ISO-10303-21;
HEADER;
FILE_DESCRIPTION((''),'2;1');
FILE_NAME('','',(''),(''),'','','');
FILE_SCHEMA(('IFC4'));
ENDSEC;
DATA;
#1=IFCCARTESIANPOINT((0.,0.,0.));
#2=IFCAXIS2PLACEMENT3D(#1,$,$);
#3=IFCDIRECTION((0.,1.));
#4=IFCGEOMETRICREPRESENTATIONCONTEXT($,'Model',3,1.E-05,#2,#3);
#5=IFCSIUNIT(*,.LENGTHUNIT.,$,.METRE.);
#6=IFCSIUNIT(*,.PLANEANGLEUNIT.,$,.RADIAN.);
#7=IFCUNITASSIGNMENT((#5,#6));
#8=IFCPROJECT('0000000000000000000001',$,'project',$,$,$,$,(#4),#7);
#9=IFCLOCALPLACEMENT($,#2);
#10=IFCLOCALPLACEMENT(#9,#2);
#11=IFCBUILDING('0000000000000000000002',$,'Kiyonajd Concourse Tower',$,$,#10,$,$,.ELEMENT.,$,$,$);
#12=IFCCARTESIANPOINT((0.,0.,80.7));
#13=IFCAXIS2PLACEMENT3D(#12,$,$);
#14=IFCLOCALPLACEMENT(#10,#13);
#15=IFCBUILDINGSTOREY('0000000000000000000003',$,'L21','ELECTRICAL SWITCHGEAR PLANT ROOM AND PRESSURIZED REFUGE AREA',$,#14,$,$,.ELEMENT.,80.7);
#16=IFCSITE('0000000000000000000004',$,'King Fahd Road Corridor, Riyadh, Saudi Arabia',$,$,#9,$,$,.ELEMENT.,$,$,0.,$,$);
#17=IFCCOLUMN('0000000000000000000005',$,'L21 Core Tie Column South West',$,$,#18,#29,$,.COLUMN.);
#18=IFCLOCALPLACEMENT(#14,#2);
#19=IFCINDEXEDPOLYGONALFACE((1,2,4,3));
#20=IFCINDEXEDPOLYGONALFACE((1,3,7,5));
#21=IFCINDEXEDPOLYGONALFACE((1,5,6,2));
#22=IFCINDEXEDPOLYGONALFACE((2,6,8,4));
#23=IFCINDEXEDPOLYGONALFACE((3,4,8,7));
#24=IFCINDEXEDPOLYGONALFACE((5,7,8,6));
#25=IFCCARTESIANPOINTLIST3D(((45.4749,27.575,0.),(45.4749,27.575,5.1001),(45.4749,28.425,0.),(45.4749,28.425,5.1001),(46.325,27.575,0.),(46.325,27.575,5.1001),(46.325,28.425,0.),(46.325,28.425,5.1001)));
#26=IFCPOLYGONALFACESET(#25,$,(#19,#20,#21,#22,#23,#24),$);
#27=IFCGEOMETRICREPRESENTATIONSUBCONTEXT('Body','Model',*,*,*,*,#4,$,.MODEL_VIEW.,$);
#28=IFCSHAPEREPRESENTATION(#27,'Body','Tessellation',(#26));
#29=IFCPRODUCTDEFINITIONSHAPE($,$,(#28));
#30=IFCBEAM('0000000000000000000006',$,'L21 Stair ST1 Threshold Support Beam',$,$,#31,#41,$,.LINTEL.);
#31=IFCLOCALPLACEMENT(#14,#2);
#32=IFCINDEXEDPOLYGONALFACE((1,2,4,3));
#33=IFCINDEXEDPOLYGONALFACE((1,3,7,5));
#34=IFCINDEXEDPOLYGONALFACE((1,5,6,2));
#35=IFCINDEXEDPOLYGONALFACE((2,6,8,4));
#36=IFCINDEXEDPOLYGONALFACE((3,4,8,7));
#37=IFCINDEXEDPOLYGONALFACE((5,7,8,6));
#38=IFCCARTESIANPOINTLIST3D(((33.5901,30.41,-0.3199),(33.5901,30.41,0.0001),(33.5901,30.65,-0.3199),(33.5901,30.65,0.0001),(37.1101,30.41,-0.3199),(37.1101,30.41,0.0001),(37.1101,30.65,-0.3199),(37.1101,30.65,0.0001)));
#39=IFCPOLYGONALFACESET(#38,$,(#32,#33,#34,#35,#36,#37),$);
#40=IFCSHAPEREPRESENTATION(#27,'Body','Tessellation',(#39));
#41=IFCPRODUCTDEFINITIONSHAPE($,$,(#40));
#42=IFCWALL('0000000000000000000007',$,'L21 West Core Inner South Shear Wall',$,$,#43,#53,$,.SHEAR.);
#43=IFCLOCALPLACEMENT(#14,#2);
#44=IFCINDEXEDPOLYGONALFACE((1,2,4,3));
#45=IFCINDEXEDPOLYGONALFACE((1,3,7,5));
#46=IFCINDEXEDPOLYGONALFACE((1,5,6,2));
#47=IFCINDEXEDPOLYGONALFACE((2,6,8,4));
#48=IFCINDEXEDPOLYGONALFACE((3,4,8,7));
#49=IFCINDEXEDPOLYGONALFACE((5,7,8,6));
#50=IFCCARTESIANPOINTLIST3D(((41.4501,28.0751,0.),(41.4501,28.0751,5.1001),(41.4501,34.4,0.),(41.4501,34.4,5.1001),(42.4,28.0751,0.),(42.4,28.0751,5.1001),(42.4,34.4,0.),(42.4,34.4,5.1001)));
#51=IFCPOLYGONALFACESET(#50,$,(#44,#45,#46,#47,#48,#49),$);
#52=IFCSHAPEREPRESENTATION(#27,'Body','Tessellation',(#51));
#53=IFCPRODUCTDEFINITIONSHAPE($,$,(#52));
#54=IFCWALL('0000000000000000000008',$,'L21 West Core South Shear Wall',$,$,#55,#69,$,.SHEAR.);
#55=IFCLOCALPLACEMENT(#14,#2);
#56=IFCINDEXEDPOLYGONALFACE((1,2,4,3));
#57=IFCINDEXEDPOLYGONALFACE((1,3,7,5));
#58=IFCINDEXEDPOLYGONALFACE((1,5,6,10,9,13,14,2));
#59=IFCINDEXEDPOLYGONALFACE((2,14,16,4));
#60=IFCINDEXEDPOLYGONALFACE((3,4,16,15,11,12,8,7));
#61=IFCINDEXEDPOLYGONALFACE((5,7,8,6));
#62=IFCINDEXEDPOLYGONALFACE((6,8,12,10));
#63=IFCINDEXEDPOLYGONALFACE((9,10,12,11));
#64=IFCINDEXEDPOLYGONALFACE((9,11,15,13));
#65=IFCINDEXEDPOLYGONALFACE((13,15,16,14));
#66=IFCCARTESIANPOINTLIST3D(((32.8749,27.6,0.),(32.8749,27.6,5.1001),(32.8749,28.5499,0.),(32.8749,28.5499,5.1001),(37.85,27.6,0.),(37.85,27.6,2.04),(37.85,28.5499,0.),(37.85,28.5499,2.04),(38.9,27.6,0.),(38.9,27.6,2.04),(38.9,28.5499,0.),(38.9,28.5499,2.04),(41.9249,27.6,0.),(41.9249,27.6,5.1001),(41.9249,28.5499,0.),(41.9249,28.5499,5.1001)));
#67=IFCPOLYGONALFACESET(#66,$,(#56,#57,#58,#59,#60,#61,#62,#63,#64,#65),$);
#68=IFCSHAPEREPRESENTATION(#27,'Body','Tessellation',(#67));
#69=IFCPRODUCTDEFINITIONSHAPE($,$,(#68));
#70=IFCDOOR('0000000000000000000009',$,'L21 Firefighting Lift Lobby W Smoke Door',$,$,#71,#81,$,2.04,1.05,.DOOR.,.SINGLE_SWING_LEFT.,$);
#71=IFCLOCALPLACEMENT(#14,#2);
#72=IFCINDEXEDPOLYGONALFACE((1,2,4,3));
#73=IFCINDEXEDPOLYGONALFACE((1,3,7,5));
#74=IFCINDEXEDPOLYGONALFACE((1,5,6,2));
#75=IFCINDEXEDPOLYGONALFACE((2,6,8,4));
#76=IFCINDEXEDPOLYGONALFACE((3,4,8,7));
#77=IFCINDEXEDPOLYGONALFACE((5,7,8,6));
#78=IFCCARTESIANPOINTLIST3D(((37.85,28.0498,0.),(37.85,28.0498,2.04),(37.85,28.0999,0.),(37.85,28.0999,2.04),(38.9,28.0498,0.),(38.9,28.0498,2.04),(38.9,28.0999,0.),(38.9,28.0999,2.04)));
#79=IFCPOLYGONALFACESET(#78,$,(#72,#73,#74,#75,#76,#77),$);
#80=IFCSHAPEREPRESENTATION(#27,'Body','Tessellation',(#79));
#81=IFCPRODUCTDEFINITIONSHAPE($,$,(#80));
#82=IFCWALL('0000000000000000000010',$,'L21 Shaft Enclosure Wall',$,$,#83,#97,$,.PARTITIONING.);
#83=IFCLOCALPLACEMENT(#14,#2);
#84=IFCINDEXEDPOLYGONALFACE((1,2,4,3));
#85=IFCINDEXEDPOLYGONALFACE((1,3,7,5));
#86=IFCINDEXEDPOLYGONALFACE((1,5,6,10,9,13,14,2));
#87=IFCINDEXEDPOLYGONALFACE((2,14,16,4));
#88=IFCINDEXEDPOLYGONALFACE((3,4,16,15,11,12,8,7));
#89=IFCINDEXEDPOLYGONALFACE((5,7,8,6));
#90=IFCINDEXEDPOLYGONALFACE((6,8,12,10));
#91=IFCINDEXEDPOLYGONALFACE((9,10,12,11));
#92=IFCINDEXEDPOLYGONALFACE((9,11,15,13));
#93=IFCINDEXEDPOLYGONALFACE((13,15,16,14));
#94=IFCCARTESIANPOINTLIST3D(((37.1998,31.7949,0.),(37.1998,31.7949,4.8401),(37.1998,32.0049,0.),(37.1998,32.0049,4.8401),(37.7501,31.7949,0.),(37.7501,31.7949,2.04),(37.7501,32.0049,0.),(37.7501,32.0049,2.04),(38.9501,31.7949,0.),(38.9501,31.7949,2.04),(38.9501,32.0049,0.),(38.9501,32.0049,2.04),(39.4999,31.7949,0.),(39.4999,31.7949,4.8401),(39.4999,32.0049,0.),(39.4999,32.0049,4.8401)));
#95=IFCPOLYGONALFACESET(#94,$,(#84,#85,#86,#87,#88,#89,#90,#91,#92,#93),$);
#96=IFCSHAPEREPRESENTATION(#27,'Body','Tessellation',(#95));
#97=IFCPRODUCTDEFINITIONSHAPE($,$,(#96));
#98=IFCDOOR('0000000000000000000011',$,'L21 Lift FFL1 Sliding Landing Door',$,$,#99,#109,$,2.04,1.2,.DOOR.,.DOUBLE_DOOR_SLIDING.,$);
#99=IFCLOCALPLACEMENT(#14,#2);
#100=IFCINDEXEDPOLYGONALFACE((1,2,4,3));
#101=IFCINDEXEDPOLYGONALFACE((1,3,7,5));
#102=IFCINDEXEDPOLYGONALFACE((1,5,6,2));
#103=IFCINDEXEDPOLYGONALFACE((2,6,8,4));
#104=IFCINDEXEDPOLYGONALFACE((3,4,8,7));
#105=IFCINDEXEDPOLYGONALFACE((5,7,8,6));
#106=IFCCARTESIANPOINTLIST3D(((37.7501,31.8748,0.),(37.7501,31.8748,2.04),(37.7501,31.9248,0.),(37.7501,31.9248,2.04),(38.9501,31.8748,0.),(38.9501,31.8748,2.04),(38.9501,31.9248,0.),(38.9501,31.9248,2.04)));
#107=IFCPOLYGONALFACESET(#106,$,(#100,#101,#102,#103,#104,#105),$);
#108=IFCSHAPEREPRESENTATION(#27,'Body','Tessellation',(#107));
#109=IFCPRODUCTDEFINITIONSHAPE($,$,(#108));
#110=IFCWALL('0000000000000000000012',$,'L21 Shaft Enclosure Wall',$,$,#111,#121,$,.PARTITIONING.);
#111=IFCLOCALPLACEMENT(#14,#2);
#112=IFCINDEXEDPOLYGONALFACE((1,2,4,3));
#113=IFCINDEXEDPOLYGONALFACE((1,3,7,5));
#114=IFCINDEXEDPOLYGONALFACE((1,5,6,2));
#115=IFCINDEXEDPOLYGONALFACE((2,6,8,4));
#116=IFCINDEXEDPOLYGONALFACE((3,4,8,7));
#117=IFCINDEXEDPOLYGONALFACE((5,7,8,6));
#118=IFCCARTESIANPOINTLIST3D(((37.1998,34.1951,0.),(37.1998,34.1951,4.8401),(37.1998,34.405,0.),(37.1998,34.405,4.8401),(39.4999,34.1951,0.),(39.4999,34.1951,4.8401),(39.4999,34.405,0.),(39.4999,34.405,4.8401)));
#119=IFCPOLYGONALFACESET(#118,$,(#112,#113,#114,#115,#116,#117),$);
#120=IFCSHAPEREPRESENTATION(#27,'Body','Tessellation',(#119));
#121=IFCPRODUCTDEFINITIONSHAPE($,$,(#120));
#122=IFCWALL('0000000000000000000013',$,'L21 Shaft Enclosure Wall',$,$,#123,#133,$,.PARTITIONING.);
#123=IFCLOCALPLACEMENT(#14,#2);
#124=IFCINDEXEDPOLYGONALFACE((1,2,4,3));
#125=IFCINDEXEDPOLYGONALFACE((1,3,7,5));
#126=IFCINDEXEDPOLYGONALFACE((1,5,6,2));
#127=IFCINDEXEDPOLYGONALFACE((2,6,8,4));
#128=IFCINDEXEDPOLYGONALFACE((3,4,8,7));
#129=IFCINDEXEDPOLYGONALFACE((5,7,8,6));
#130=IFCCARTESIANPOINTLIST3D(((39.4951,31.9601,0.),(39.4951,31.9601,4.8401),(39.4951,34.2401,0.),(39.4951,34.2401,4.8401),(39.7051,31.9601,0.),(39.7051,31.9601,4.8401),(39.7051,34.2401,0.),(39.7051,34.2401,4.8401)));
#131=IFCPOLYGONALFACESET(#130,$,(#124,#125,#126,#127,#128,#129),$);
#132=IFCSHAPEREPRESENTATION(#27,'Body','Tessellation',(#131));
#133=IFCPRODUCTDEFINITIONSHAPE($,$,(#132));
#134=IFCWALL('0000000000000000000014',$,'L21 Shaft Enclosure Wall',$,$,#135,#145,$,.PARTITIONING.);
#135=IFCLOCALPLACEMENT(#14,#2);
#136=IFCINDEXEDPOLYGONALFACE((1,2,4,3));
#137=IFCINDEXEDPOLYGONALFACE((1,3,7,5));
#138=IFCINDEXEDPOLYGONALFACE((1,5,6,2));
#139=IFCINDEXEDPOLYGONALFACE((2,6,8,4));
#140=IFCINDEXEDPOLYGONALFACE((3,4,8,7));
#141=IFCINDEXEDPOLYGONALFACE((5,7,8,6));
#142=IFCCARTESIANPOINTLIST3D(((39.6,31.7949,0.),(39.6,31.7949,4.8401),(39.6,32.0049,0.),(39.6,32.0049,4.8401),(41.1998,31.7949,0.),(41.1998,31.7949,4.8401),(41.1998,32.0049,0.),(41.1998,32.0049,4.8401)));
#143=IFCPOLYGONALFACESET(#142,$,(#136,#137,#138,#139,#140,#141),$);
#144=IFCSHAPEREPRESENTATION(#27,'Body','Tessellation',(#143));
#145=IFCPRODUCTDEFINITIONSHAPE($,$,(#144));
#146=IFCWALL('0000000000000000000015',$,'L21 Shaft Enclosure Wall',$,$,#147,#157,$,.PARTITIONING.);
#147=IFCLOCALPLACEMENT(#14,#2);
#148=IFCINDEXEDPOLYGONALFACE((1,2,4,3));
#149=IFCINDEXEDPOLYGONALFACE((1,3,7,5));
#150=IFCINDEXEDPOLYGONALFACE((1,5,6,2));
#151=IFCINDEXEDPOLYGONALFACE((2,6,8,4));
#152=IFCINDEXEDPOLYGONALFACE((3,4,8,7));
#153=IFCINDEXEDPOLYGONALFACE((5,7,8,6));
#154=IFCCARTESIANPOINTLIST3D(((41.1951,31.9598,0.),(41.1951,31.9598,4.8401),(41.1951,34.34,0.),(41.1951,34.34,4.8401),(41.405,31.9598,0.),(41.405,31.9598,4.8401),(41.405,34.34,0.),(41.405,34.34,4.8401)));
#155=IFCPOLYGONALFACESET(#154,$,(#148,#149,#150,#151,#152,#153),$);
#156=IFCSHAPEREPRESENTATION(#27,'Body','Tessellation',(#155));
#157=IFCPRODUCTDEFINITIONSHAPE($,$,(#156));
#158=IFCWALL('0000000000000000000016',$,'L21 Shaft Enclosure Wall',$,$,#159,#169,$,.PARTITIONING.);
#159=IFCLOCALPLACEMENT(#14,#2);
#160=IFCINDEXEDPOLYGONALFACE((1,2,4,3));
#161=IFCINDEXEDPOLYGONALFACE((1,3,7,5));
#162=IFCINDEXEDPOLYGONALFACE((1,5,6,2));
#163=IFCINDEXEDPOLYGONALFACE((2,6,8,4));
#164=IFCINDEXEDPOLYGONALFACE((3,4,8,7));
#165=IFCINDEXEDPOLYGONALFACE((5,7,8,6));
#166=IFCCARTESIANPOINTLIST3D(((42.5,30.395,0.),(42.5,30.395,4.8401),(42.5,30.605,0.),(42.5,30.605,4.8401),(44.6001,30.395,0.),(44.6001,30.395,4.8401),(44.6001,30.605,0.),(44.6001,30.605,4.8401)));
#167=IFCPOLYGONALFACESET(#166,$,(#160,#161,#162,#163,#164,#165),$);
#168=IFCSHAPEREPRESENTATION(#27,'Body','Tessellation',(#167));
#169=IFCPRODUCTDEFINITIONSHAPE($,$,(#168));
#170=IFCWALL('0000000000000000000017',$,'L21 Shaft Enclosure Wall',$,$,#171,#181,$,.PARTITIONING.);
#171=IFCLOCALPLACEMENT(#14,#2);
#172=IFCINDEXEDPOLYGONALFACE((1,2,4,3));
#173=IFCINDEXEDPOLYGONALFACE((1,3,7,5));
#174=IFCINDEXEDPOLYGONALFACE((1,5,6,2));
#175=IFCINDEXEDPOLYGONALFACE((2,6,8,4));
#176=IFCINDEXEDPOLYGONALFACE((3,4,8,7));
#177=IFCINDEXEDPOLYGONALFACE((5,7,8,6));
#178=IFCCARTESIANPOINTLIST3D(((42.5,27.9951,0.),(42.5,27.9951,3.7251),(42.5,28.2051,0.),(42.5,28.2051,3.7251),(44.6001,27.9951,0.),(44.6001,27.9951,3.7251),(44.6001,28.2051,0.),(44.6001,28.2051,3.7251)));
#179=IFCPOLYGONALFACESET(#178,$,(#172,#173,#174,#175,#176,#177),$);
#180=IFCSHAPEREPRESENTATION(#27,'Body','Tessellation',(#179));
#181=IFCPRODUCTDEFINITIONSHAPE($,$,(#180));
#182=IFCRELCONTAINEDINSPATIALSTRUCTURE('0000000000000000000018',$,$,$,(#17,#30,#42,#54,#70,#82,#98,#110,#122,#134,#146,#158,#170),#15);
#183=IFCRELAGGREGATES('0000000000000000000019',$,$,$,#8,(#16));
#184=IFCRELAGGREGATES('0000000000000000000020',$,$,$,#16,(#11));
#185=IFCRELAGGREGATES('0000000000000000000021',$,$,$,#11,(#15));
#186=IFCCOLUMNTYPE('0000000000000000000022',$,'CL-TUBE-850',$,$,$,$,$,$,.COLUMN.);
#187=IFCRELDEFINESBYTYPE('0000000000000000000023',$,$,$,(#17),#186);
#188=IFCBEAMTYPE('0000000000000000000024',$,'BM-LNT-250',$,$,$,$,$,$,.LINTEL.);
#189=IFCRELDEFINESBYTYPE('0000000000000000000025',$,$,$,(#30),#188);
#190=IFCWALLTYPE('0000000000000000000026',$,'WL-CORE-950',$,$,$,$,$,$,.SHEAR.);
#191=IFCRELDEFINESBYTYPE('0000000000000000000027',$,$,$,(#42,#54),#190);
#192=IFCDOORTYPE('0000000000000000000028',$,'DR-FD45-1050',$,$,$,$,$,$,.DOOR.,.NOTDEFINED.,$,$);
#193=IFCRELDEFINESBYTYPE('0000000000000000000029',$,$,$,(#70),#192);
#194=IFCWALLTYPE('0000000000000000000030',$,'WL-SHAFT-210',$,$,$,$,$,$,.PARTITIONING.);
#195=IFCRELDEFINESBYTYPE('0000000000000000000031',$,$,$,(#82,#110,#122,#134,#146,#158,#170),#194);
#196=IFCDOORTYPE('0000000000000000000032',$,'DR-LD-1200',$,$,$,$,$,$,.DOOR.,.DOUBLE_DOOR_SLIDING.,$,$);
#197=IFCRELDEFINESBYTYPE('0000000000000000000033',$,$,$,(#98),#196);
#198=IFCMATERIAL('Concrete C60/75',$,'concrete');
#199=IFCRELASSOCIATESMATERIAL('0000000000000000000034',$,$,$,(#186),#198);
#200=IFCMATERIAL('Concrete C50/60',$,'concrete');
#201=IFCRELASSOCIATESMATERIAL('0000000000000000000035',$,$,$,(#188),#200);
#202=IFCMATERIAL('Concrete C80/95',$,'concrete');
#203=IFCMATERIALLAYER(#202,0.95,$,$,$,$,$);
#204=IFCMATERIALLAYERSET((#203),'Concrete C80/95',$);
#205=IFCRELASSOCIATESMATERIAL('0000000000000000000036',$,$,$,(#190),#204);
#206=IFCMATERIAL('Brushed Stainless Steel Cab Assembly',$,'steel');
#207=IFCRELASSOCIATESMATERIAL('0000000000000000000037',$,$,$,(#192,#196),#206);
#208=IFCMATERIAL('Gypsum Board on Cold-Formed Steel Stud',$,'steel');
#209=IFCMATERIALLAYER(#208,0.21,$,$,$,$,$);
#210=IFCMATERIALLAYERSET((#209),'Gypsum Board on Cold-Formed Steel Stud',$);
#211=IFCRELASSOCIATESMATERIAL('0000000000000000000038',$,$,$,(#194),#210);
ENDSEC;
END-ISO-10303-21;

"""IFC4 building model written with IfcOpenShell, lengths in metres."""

from ifc_helpers import new_model, si_unit, direction, frame, frame_2d, origin, origin_2d, place, context, subcontext, project, spatial, rectangle, extrude, material, layer, layer_set, material_profile, profile_set, type_object, element, fill, save


model = new_model("IFC4")

# Units and contexts
model_context = context("Model", 3, precision=1e-05, world=origin(), true_north=direction((0.0, 1.0)))
body_context = subcontext(model_context, "Body", "Model", "MODEL_VIEW")
ifc_project = project(units=[si_unit("LENGTHUNIT", "METRE"), si_unit("PLANEANGLEUNIT", "RADIAN")], contexts=[model_context])

# Site, building, storey
site_placement = place(None, origin())
site = spatial("IfcSite", under=ifc_project, at=site_placement, Name="King Fahd Road Corridor, Riyadh, Saudi Arabia", CompositionType="ELEMENT", RefElevation=0.0)
building_placement = place(site_placement, origin())
building = spatial("IfcBuilding", under=site, at=building_placement, Name="Kiyonajd Concourse Tower", CompositionType="ELEMENT")
storey_placement = place(building_placement, frame((0.0, 0.0, 80.7)))
storey = spatial("IfcBuildingStorey", under=building, at=storey_placement, Name="L21", Description="ELECTRICAL SWITCHGEAR PLANT ROOM AND PRESSURIZED REFUGE AREA", CompositionType="ELEMENT", Elevation=80.7)

# Column
ifc_material_1 = material(Name="Concrete C60/75", Category="concrete")
ifc_material_profile_1 = material_profile(ifc_material_1, rectangle(XDim=0.8501, YDim=0.8501, at=origin_2d()), Name="RC-850x850")
ifc_profile_set_1 = profile_set([ifc_material_profile_1], Name="Concrete C60/75")
column_type = type_object("IfcColumnType", Name="CL-TUBE-850", PredefinedType="COLUMN", material=ifc_profile_set_1)
column_placement = place(storey_placement, frame((45.8999, 28.0, 0.0), z_axis=(0.0, 0.0, 1.0), x_axis=(1.0, 0.0, 0.0)))
element("IfcColumn", 1, at=column_placement, inside=storey, type_object=column_type, Name="L21 Core Tie Column South West", PredefinedType="COLUMN", context=body_context, shape_type="SweptSolid", body=[
    extrude(rectangle(XDim=0.8501, YDim=0.8501, at=origin_2d()), origin(), (0.0, 0.0, 1.0), 5.1001),
])

# Beam
ifc_material_2 = material(Name="Concrete C50/60", Category="concrete")
ifc_material_profile_2 = material_profile(ifc_material_2, rectangle(XDim=0.24, YDim=0.3201, at=origin_2d()), Name="RCBM-240x320")
ifc_profile_set_2 = profile_set([ifc_material_profile_2], Name="Concrete C50/60")
beam_type = type_object("IfcBeamType", Name="BM-LNT-250", PredefinedType="LINTEL", material=ifc_profile_set_2)
beam_placement = place(storey_placement, frame((33.5901, 30.53, -0.1599), z_axis=(1.0, 0.0, 0.0), x_axis=(0.0, 1.0, 0.0)))
element("IfcBeam", 2, at=beam_placement, inside=storey, type_object=beam_type, Name="L21 Stair ST1 Threshold Support Beam", PredefinedType="LINTEL", context=body_context, shape_type="SweptSolid", body=[
    extrude(rectangle(XDim=0.24, YDim=0.3201, at=origin_2d()), origin(), (0.0, 0.0, 1.0), 3.52),
])

# Wall
ifc_material_3 = material(Name="Concrete C80/95", Category="concrete")
ifc_layer_1 = layer(ifc_material_3, 0.95)
ifc_layer_set_1 = layer_set([ifc_layer_1], Name="Concrete C80/95")
wall_type_1 = type_object("IfcWallType", Name="WL-CORE-950", PredefinedType="SHEAR", material=ifc_layer_set_1)
wall_1_placement = place(storey_placement, frame((41.925, 28.075, 0.0), z_axis=(0.0, 0.0, 1.0), x_axis=(0.0, 1.0, 0.0)))
element("IfcWall", 3, at=wall_1_placement, inside=storey, type_object=wall_type_1, Name="L21 West Core Inner South Shear Wall", PredefinedType="SHEAR", context=body_context, shape_type="SweptSolid", body=[
    extrude(rectangle(XDim=6.325, YDim=0.95, at=frame_2d((3.1626, 0.0))), origin(), (0.0, 0.0, 1.0), 5.1001),
])

# Walls, openings, doors
wall_2_placement = place(storey_placement, frame((32.875, 28.075, 0.0), z_axis=(0.0, 0.0, 1.0), x_axis=(1.0, 0.0, 0.0)))
wall_2 = element("IfcWall", 4, at=wall_2_placement, inside=storey, type_object=wall_type_1, Name="L21 West Core South Shear Wall", PredefinedType="SHEAR", context=body_context, shape_type="SweptSolid", body=[
    extrude(rectangle(XDim=9.05, YDim=0.95, at=frame_2d((4.5249, 0.0))), origin(), (0.0, 0.0, 1.0), 5.1001),
])
opening_1_placement = place(wall_2_placement, frame((4.9751, 0.0, 0.0)))
opening_1 = element("IfcOpeningElement", 5, at=opening_1_placement, cuts=wall_2, PredefinedType="OPENING", context=body_context, shape_type="SweptSolid", body=[
    extrude(rectangle(XDim=1.05, YDim=2.04, at=frame_2d((0.5249, 1.02))), frame((0.0, 0.4849, 0.0), z_axis=(0.0, -1.0, 0.0), x_axis=(1.0, 0.0, 0.0)), (0.0, 0.0, 1.0), 0.97),
])
ifc_material_4 = material(Name="Brushed Stainless Steel Cab Assembly", Category="steel")
door_type_1 = type_object("IfcDoorType", Name="DR-FD45-1050", OperationType="NOTDEFINED", PredefinedType="DOOR", material=ifc_material_4)
door_1_placement = place(opening_1_placement, origin())
door_1 = element("IfcDoor", 6, at=door_1_placement, inside=storey, type_object=door_type_1, Name="L21 Firefighting Lift Lobby W Smoke Door", OperationType="SINGLE_SWING_LEFT", OverallHeight=2.04, OverallWidth=1.05, PredefinedType="DOOR", context=body_context, shape_type="SweptSolid", body=[
    extrude(rectangle(XDim=1.05, YDim=2.04, at=frame_2d((0.5249, 1.02))), frame((0.0, 0.0249, 0.0), z_axis=(0.0, -1.0, 0.0), x_axis=(1.0, 0.0, 0.0)), (0.0, 0.0, 1.0), 0.05),
])
fill(opening_1, door_1)
ifc_material_5 = material(Name="Gypsum Board on Cold-Formed Steel Stud", Category="steel")
ifc_layer_2 = layer(ifc_material_5, 0.21)
ifc_layer_set_2 = layer_set([ifc_layer_2], Name="Gypsum Board on Cold-Formed Steel Stud")
wall_type_2 = type_object("IfcWallType", Name="WL-SHAFT-210", PredefinedType="PARTITIONING", material=ifc_layer_set_2)
wall_3_placement = place(storey_placement, frame((37.2, 31.8999, 0.0), z_axis=(0.0, 0.0, 1.0), x_axis=(1.0, 0.0, 0.0)))
wall_3 = element("IfcWall", 7, at=wall_3_placement, inside=storey, type_object=wall_type_2, Name="L21 Shaft Enclosure Wall", PredefinedType="PARTITIONING", context=body_context, shape_type="SweptSolid", body=[
    extrude(rectangle(XDim=2.3, YDim=0.21, at=frame_2d((1.1499, 0.0))), origin(), (0.0, 0.0, 1.0), 4.8401),
])
opening_2_placement = place(wall_3_placement, frame((0.55, 0.0, 0.0)))
opening_2 = element("IfcOpeningElement", 8, at=opening_2_placement, cuts=wall_3, PredefinedType="OPENING", context=body_context, shape_type="SweptSolid", body=[
    extrude(rectangle(XDim=1.2, YDim=2.04, at=frame_2d((0.6001, 1.02))), frame((0.0, 0.115, 0.0), z_axis=(0.0, -1.0, 0.0), x_axis=(1.0, 0.0, 0.0)), (0.0, 0.0, 1.0), 0.23),
])
door_type_2 = type_object("IfcDoorType", Name="DR-LD-1200", OperationType="DOUBLE_DOOR_SLIDING", PredefinedType="DOOR", material=ifc_material_4)
door_2_placement = place(opening_2_placement, origin())
door_2 = element("IfcDoor", 9, at=door_2_placement, inside=storey, type_object=door_type_2, Name="L21 Lift FFL1 Sliding Landing Door", OperationType="DOUBLE_DOOR_SLIDING", OverallHeight=2.04, OverallWidth=1.2, PredefinedType="DOOR", context=body_context, shape_type="SweptSolid", body=[
    extrude(rectangle(XDim=1.2, YDim=2.04, at=frame_2d((0.6001, 1.02))), frame((0.0, 0.0249, 0.0), z_axis=(0.0, -1.0, 0.0), x_axis=(1.0, 0.0, 0.0)), (0.0, 0.0, 1.0), 0.05),
])
fill(opening_2, door_2)

# Walls
wall_4_placement = place(storey_placement, frame((37.2, 34.3, 0.0), z_axis=(0.0, 0.0, 1.0), x_axis=(1.0, 0.0, 0.0)))
element("IfcWall", 10, at=wall_4_placement, inside=storey, type_object=wall_type_2, Name="L21 Shaft Enclosure Wall", PredefinedType="PARTITIONING", context=body_context, shape_type="SweptSolid", body=[
    extrude(rectangle(XDim=2.3, YDim=0.21, at=frame_2d((1.1499, 0.0))), origin(), (0.0, 0.0, 1.0), 4.8401),
])
wall_5_placement = place(storey_placement, frame((39.6001, 31.96, 0.0), z_axis=(0.0, 0.0, 1.0), x_axis=(0.0, 1.0, 0.0)))
element("IfcWall", 11, at=wall_5_placement, inside=storey, type_object=wall_type_2, Name="L21 Shaft Enclosure Wall", PredefinedType="PARTITIONING", context=body_context, shape_type="SweptSolid", body=[
    extrude(rectangle(XDim=2.28, YDim=0.21, at=frame_2d((1.1401, 0.0))), origin(), (0.0, 0.0, 1.0), 4.8401),
])
wall_6_placement = place(storey_placement, frame((39.6001, 31.8999, 0.0), z_axis=(0.0, 0.0, 1.0), x_axis=(1.0, 0.0, 0.0)))
element("IfcWall", 12, at=wall_6_placement, inside=storey, type_object=wall_type_2, Name="L21 Shaft Enclosure Wall", PredefinedType="PARTITIONING", context=body_context, shape_type="SweptSolid", body=[
    extrude(rectangle(XDim=1.5999, YDim=0.21, at=frame_2d((0.7998, 0.0))), origin(), (0.0, 0.0, 1.0), 4.8401),
])
wall_7_placement = place(storey_placement, frame((41.3, 31.96, 0.0), z_axis=(0.0, 0.0, 1.0), x_axis=(0.0, 1.0, 0.0)))
element("IfcWall", 13, at=wall_7_placement, inside=storey, type_object=wall_type_2, Name="L21 Shaft Enclosure Wall", PredefinedType="PARTITIONING", context=body_context, shape_type="SweptSolid", body=[
    extrude(rectangle(XDim=2.3801, YDim=0.21, at=frame_2d((1.1899, 0.0))), origin(), (0.0, 0.0, 1.0), 4.8401),
])
wall_8_placement = place(storey_placement, frame((42.5, 30.5, 0.0), z_axis=(0.0, 0.0, 1.0), x_axis=(1.0, 0.0, 0.0)))
element("IfcWall", 14, at=wall_8_placement, inside=storey, type_object=wall_type_2, Name="L21 Shaft Enclosure Wall", PredefinedType="PARTITIONING", context=body_context, shape_type="SweptSolid", body=[
    extrude(rectangle(XDim=2.1001, YDim=0.21, at=frame_2d((1.05, 0.0))), origin(), (0.0, 0.0, 1.0), 4.8401),
])
wall_9_placement = place(storey_placement, frame((42.5, 28.1001, 0.0), z_axis=(0.0, 0.0, 1.0), x_axis=(1.0, 0.0, 0.0)))
element("IfcWall", 15, at=wall_9_placement, inside=storey, type_object=wall_type_2, Name="L21 Shaft Enclosure Wall", PredefinedType="PARTITIONING", context=body_context, shape_type="SweptSolid", body=[
    extrude(rectangle(XDim=2.1001, YDim=0.21, at=frame_2d((1.05, 0.0))), origin(), (0.0, 0.0, 1.0), 3.7251),
])

save(model, "model.ifc")
